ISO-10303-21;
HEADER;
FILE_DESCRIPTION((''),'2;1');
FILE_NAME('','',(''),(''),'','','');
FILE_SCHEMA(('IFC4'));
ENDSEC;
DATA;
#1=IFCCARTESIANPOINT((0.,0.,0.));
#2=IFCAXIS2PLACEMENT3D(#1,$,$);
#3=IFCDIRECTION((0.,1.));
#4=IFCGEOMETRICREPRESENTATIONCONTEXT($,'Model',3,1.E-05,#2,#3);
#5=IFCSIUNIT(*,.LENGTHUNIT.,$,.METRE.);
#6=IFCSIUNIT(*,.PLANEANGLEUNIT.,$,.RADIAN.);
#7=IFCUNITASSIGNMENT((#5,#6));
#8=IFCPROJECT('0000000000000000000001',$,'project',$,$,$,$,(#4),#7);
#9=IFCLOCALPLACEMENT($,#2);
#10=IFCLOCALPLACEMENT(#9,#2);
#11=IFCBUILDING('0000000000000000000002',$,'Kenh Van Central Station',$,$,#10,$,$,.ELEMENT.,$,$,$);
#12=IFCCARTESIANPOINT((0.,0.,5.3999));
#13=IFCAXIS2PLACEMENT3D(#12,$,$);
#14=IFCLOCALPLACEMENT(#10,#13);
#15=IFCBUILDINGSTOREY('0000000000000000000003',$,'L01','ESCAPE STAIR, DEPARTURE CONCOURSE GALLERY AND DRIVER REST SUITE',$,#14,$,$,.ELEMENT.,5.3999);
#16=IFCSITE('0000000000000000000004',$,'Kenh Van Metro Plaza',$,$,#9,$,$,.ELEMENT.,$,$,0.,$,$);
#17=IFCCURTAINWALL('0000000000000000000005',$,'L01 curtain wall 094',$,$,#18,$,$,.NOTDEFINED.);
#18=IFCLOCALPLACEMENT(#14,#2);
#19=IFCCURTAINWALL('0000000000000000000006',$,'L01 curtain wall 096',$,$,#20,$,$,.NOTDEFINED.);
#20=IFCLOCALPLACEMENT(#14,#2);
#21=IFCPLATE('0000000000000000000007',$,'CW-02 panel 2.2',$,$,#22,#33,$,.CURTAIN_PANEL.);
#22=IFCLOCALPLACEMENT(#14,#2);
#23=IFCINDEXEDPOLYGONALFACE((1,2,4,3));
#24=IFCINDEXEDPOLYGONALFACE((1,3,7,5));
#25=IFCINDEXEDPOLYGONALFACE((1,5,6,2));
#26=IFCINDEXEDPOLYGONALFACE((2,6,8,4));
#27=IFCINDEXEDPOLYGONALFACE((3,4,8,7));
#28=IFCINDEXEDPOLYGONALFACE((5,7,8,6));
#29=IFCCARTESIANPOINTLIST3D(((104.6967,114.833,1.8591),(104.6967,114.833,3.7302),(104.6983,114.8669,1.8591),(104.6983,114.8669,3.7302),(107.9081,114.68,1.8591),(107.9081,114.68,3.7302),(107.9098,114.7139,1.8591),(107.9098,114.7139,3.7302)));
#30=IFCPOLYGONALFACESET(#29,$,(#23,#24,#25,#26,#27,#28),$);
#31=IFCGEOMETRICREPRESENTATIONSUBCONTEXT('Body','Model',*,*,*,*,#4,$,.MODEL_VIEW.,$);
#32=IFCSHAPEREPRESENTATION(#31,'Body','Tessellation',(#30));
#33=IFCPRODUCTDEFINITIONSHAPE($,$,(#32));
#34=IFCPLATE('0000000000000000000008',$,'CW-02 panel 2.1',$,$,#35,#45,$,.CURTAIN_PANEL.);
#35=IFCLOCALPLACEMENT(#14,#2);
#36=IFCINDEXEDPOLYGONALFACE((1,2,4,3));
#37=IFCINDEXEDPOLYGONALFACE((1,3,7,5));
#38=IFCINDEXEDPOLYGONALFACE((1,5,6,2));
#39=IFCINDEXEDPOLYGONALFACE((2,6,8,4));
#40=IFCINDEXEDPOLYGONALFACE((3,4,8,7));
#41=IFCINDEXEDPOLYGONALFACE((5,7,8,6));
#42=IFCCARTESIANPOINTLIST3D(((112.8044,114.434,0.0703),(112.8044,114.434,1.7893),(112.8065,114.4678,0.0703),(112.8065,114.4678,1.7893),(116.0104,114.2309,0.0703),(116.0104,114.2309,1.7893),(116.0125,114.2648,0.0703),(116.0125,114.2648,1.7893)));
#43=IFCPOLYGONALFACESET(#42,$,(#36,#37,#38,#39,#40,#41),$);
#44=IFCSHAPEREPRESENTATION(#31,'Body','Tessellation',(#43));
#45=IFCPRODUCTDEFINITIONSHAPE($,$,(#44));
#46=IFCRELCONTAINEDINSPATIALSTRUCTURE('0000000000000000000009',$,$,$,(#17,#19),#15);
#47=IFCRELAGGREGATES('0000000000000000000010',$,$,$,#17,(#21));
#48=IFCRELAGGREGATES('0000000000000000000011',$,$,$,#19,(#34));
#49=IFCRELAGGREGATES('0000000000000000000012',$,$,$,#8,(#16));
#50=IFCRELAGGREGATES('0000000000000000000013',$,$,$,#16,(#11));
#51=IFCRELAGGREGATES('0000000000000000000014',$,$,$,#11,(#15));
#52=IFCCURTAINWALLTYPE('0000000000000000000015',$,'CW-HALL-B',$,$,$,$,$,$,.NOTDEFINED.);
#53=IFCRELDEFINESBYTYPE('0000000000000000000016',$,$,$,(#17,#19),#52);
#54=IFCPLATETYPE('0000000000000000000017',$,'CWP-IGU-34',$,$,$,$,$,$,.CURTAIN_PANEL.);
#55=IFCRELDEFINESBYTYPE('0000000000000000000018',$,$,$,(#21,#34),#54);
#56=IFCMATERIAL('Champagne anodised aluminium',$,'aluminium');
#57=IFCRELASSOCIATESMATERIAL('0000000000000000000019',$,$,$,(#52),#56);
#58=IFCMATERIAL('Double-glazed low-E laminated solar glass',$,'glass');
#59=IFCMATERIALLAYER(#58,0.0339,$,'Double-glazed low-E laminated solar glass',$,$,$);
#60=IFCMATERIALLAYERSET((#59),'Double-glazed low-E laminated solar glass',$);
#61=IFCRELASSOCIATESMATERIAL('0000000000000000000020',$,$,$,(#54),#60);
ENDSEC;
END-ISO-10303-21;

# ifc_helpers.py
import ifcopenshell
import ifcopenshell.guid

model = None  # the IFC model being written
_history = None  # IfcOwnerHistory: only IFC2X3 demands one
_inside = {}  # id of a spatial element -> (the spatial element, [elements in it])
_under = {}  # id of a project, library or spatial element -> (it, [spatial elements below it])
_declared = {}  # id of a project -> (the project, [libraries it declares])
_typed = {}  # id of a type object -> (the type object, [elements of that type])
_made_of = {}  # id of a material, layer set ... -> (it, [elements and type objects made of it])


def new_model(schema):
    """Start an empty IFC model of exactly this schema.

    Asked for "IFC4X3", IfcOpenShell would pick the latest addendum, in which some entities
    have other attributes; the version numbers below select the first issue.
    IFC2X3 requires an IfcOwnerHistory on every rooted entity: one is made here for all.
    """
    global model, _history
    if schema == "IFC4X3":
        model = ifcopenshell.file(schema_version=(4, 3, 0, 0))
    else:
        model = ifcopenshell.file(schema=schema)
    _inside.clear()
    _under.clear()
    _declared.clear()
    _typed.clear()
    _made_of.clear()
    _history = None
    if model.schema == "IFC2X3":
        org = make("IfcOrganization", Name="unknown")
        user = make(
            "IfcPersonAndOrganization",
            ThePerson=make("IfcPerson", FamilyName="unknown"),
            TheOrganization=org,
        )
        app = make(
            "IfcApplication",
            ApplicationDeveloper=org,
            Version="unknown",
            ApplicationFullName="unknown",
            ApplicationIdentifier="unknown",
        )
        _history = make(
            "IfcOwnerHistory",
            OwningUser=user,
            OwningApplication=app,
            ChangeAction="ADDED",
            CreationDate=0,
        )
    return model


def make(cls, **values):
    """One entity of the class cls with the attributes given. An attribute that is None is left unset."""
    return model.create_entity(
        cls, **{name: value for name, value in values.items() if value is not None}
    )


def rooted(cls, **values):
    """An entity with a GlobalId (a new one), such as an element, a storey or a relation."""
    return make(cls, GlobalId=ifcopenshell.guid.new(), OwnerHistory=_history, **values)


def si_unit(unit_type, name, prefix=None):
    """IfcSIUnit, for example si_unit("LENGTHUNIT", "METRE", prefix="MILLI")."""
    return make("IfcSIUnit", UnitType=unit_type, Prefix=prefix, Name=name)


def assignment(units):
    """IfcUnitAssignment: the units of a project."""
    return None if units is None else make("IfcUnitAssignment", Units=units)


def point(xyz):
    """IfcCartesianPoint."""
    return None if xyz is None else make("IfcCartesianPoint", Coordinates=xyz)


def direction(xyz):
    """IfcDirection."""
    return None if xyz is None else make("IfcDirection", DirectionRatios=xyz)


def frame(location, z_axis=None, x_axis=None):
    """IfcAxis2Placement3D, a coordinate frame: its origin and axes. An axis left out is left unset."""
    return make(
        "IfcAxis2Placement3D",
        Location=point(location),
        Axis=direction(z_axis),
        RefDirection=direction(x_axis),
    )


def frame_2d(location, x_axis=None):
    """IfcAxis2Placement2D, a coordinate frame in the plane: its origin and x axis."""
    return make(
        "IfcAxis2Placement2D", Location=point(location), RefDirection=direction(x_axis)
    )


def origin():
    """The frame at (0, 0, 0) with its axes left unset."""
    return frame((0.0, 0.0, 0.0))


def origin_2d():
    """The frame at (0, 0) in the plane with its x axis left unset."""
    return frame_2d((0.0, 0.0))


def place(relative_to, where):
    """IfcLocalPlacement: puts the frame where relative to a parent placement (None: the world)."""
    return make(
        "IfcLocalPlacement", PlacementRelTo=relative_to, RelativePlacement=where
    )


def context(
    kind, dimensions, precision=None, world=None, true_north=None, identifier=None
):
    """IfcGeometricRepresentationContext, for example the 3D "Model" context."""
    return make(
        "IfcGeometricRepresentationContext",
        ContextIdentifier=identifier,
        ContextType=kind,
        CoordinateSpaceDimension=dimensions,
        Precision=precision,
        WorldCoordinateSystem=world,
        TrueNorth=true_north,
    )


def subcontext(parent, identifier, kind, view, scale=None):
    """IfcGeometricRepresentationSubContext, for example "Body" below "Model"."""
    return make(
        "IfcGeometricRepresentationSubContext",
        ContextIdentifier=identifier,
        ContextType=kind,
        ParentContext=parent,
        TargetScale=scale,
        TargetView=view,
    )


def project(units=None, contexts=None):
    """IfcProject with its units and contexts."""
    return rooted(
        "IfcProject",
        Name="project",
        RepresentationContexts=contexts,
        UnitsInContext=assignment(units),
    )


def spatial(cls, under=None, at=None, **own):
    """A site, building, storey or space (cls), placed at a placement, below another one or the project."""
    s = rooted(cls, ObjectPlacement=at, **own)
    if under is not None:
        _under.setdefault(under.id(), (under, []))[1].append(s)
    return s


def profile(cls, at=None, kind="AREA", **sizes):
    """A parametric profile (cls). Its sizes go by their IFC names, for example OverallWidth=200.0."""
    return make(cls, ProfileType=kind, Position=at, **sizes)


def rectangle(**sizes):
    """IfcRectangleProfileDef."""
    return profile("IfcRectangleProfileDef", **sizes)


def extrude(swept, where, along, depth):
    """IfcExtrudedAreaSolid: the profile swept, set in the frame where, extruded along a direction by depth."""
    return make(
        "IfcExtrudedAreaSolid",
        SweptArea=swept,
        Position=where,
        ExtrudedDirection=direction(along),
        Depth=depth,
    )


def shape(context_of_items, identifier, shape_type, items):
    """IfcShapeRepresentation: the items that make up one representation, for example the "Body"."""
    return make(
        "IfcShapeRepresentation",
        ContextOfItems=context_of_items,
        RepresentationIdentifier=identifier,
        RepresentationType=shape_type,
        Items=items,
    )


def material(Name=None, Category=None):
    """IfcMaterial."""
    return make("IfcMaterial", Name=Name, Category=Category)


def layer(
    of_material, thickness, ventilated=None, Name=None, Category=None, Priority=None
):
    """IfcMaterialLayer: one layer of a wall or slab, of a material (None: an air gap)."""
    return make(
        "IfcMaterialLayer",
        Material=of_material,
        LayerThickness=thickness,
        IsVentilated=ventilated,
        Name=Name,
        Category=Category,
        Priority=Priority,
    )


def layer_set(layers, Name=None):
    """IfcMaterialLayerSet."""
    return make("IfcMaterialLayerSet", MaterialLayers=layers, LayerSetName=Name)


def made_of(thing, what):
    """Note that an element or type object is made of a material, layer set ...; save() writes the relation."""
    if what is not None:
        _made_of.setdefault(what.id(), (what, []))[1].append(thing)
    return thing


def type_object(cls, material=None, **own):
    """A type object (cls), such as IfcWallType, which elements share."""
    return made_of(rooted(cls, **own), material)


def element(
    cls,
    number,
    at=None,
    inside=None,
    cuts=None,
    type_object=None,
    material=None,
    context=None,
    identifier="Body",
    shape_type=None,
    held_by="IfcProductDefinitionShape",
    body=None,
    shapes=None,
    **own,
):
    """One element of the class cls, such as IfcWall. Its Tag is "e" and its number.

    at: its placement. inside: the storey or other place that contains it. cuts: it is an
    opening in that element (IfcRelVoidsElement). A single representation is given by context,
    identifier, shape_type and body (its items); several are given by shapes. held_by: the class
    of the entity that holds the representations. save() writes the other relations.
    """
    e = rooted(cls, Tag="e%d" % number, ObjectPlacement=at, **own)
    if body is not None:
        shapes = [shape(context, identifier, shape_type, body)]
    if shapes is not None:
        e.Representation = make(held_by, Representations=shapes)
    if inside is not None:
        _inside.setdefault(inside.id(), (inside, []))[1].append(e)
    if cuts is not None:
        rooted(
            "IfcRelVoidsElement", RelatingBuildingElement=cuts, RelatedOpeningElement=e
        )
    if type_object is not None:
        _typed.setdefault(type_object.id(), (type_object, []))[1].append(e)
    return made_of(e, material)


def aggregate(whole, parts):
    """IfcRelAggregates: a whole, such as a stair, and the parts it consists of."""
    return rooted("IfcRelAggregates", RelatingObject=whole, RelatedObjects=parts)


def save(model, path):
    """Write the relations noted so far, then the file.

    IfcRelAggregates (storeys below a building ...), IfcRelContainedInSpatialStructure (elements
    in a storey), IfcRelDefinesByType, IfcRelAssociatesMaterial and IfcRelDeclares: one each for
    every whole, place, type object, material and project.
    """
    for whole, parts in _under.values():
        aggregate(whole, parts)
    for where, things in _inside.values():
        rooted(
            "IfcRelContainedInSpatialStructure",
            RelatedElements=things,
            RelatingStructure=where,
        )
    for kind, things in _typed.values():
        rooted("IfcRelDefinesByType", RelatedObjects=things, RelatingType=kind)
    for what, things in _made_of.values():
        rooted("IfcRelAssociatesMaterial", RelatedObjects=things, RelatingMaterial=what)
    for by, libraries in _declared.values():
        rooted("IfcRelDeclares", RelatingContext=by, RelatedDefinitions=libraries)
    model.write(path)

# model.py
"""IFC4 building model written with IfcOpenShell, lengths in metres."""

from ifc_helpers import new_model, si_unit, direction, frame, origin, origin_2d, place, context, subcontext, project, spatial, rectangle, extrude, material, layer, layer_set, type_object, element, aggregate, save


model = new_model("IFC4")

# Units and contexts
model_context = context("Model", 3, precision=1e-05, world=origin(), true_north=direction((0.0, 1.0)))
body_context = subcontext(model_context, "Body", "Model", "MODEL_VIEW")
ifc_project = project(units=[si_unit("LENGTHUNIT", "METRE"), si_unit("PLANEANGLEUNIT", "RADIAN")], contexts=[model_context])

# Site, building, storey
site_placement = place(None, origin())
site = spatial("IfcSite", under=ifc_project, at=site_placement, Name="Kenh Van Metro Plaza", CompositionType="ELEMENT", RefElevation=0.0)
building_placement = place(site_placement, origin())
building = spatial("IfcBuilding", under=site, at=building_placement, Name="Kenh Van Central Station", CompositionType="ELEMENT")
storey_placement = place(building_placement, frame((0.0, 0.0, 5.3999)))
storey = spatial("IfcBuildingStorey", under=building, at=storey_placement, Name="L01", Description="ESCAPE STAIR, DEPARTURE CONCOURSE GALLERY AND DRIVER REST SUITE", CompositionType="ELEMENT", Elevation=5.3999)

# Curtain wall
ifc_material_1 = material(Name="Champagne anodised aluminium", Category="aluminium")
curtain_wall_type = type_object("IfcCurtainWallType", Name="CW-HALL-B", PredefinedType="NOTDEFINED", material=ifc_material_1)
curtain_wall_1_placement = place(storey_placement, origin())
curtain_wall_1 = element("IfcCurtainWall", 1, at=curtain_wall_1_placement, inside=storey, type_object=curtain_wall_type, Name="L01 curtain wall 094", PredefinedType="NOTDEFINED")

# Curtain wall
curtain_wall_2_placement = place(storey_placement, origin())
curtain_wall_2 = element("IfcCurtainWall", 2, at=curtain_wall_2_placement, inside=storey, type_object=curtain_wall_type, Name="L01 curtain wall 096", PredefinedType="NOTDEFINED")

# Plates
ifc_material_2 = material(Name="Double-glazed low-E laminated solar glass", Category="glass")
ifc_layer = layer(ifc_material_2, 0.0339, Name="Double-glazed low-E laminated solar glass")
ifc_layer_set = layer_set([ifc_layer], Name="Double-glazed low-E laminated solar glass")
plate_type = type_object("IfcPlateType", Name="CWP-IGU-34", PredefinedType="CURTAIN_PANEL", material=ifc_layer_set)
plate_1_placement = place(storey_placement, frame((106.3032, 114.7734, 1.8591), z_axis=(0.0, 0.0, 1.0), x_axis=(-0.998866, 0.047601, 0.0)))
plate_1 = element("IfcPlate", 3, at=plate_1_placement, type_object=plate_type, Name="CW-02 panel 2.2", PredefinedType="CURTAIN_PANEL", context=body_context, shape_type="SweptSolid", body=[
    extrude(rectangle(XDim=3.2151, YDim=0.0339, at=origin_2d()), origin(), (0.0, 0.0, 1.0), 1.8711),
])
aggregate(curtain_wall_1, [plate_1])
plate_2_placement = place(storey_placement, frame((114.4084, 114.3494, 0.0703), z_axis=(0.0, 0.0, 1.0), x_axis=(-0.998, 0.063211, 0.0)))
plate_2 = element("IfcPlate", 4, at=plate_2_placement, type_object=plate_type, Name="CW-02 panel 2.1", PredefinedType="CURTAIN_PANEL", context=body_context, shape_type="SweptSolid", body=[
    extrude(rectangle(XDim=3.2124, YDim=0.0339, at=origin_2d()), origin(), (0.0, 0.0, 1.0), 1.719),
])
aggregate(curtain_wall_2, [plate_2])

save(model, "model.ifc")
